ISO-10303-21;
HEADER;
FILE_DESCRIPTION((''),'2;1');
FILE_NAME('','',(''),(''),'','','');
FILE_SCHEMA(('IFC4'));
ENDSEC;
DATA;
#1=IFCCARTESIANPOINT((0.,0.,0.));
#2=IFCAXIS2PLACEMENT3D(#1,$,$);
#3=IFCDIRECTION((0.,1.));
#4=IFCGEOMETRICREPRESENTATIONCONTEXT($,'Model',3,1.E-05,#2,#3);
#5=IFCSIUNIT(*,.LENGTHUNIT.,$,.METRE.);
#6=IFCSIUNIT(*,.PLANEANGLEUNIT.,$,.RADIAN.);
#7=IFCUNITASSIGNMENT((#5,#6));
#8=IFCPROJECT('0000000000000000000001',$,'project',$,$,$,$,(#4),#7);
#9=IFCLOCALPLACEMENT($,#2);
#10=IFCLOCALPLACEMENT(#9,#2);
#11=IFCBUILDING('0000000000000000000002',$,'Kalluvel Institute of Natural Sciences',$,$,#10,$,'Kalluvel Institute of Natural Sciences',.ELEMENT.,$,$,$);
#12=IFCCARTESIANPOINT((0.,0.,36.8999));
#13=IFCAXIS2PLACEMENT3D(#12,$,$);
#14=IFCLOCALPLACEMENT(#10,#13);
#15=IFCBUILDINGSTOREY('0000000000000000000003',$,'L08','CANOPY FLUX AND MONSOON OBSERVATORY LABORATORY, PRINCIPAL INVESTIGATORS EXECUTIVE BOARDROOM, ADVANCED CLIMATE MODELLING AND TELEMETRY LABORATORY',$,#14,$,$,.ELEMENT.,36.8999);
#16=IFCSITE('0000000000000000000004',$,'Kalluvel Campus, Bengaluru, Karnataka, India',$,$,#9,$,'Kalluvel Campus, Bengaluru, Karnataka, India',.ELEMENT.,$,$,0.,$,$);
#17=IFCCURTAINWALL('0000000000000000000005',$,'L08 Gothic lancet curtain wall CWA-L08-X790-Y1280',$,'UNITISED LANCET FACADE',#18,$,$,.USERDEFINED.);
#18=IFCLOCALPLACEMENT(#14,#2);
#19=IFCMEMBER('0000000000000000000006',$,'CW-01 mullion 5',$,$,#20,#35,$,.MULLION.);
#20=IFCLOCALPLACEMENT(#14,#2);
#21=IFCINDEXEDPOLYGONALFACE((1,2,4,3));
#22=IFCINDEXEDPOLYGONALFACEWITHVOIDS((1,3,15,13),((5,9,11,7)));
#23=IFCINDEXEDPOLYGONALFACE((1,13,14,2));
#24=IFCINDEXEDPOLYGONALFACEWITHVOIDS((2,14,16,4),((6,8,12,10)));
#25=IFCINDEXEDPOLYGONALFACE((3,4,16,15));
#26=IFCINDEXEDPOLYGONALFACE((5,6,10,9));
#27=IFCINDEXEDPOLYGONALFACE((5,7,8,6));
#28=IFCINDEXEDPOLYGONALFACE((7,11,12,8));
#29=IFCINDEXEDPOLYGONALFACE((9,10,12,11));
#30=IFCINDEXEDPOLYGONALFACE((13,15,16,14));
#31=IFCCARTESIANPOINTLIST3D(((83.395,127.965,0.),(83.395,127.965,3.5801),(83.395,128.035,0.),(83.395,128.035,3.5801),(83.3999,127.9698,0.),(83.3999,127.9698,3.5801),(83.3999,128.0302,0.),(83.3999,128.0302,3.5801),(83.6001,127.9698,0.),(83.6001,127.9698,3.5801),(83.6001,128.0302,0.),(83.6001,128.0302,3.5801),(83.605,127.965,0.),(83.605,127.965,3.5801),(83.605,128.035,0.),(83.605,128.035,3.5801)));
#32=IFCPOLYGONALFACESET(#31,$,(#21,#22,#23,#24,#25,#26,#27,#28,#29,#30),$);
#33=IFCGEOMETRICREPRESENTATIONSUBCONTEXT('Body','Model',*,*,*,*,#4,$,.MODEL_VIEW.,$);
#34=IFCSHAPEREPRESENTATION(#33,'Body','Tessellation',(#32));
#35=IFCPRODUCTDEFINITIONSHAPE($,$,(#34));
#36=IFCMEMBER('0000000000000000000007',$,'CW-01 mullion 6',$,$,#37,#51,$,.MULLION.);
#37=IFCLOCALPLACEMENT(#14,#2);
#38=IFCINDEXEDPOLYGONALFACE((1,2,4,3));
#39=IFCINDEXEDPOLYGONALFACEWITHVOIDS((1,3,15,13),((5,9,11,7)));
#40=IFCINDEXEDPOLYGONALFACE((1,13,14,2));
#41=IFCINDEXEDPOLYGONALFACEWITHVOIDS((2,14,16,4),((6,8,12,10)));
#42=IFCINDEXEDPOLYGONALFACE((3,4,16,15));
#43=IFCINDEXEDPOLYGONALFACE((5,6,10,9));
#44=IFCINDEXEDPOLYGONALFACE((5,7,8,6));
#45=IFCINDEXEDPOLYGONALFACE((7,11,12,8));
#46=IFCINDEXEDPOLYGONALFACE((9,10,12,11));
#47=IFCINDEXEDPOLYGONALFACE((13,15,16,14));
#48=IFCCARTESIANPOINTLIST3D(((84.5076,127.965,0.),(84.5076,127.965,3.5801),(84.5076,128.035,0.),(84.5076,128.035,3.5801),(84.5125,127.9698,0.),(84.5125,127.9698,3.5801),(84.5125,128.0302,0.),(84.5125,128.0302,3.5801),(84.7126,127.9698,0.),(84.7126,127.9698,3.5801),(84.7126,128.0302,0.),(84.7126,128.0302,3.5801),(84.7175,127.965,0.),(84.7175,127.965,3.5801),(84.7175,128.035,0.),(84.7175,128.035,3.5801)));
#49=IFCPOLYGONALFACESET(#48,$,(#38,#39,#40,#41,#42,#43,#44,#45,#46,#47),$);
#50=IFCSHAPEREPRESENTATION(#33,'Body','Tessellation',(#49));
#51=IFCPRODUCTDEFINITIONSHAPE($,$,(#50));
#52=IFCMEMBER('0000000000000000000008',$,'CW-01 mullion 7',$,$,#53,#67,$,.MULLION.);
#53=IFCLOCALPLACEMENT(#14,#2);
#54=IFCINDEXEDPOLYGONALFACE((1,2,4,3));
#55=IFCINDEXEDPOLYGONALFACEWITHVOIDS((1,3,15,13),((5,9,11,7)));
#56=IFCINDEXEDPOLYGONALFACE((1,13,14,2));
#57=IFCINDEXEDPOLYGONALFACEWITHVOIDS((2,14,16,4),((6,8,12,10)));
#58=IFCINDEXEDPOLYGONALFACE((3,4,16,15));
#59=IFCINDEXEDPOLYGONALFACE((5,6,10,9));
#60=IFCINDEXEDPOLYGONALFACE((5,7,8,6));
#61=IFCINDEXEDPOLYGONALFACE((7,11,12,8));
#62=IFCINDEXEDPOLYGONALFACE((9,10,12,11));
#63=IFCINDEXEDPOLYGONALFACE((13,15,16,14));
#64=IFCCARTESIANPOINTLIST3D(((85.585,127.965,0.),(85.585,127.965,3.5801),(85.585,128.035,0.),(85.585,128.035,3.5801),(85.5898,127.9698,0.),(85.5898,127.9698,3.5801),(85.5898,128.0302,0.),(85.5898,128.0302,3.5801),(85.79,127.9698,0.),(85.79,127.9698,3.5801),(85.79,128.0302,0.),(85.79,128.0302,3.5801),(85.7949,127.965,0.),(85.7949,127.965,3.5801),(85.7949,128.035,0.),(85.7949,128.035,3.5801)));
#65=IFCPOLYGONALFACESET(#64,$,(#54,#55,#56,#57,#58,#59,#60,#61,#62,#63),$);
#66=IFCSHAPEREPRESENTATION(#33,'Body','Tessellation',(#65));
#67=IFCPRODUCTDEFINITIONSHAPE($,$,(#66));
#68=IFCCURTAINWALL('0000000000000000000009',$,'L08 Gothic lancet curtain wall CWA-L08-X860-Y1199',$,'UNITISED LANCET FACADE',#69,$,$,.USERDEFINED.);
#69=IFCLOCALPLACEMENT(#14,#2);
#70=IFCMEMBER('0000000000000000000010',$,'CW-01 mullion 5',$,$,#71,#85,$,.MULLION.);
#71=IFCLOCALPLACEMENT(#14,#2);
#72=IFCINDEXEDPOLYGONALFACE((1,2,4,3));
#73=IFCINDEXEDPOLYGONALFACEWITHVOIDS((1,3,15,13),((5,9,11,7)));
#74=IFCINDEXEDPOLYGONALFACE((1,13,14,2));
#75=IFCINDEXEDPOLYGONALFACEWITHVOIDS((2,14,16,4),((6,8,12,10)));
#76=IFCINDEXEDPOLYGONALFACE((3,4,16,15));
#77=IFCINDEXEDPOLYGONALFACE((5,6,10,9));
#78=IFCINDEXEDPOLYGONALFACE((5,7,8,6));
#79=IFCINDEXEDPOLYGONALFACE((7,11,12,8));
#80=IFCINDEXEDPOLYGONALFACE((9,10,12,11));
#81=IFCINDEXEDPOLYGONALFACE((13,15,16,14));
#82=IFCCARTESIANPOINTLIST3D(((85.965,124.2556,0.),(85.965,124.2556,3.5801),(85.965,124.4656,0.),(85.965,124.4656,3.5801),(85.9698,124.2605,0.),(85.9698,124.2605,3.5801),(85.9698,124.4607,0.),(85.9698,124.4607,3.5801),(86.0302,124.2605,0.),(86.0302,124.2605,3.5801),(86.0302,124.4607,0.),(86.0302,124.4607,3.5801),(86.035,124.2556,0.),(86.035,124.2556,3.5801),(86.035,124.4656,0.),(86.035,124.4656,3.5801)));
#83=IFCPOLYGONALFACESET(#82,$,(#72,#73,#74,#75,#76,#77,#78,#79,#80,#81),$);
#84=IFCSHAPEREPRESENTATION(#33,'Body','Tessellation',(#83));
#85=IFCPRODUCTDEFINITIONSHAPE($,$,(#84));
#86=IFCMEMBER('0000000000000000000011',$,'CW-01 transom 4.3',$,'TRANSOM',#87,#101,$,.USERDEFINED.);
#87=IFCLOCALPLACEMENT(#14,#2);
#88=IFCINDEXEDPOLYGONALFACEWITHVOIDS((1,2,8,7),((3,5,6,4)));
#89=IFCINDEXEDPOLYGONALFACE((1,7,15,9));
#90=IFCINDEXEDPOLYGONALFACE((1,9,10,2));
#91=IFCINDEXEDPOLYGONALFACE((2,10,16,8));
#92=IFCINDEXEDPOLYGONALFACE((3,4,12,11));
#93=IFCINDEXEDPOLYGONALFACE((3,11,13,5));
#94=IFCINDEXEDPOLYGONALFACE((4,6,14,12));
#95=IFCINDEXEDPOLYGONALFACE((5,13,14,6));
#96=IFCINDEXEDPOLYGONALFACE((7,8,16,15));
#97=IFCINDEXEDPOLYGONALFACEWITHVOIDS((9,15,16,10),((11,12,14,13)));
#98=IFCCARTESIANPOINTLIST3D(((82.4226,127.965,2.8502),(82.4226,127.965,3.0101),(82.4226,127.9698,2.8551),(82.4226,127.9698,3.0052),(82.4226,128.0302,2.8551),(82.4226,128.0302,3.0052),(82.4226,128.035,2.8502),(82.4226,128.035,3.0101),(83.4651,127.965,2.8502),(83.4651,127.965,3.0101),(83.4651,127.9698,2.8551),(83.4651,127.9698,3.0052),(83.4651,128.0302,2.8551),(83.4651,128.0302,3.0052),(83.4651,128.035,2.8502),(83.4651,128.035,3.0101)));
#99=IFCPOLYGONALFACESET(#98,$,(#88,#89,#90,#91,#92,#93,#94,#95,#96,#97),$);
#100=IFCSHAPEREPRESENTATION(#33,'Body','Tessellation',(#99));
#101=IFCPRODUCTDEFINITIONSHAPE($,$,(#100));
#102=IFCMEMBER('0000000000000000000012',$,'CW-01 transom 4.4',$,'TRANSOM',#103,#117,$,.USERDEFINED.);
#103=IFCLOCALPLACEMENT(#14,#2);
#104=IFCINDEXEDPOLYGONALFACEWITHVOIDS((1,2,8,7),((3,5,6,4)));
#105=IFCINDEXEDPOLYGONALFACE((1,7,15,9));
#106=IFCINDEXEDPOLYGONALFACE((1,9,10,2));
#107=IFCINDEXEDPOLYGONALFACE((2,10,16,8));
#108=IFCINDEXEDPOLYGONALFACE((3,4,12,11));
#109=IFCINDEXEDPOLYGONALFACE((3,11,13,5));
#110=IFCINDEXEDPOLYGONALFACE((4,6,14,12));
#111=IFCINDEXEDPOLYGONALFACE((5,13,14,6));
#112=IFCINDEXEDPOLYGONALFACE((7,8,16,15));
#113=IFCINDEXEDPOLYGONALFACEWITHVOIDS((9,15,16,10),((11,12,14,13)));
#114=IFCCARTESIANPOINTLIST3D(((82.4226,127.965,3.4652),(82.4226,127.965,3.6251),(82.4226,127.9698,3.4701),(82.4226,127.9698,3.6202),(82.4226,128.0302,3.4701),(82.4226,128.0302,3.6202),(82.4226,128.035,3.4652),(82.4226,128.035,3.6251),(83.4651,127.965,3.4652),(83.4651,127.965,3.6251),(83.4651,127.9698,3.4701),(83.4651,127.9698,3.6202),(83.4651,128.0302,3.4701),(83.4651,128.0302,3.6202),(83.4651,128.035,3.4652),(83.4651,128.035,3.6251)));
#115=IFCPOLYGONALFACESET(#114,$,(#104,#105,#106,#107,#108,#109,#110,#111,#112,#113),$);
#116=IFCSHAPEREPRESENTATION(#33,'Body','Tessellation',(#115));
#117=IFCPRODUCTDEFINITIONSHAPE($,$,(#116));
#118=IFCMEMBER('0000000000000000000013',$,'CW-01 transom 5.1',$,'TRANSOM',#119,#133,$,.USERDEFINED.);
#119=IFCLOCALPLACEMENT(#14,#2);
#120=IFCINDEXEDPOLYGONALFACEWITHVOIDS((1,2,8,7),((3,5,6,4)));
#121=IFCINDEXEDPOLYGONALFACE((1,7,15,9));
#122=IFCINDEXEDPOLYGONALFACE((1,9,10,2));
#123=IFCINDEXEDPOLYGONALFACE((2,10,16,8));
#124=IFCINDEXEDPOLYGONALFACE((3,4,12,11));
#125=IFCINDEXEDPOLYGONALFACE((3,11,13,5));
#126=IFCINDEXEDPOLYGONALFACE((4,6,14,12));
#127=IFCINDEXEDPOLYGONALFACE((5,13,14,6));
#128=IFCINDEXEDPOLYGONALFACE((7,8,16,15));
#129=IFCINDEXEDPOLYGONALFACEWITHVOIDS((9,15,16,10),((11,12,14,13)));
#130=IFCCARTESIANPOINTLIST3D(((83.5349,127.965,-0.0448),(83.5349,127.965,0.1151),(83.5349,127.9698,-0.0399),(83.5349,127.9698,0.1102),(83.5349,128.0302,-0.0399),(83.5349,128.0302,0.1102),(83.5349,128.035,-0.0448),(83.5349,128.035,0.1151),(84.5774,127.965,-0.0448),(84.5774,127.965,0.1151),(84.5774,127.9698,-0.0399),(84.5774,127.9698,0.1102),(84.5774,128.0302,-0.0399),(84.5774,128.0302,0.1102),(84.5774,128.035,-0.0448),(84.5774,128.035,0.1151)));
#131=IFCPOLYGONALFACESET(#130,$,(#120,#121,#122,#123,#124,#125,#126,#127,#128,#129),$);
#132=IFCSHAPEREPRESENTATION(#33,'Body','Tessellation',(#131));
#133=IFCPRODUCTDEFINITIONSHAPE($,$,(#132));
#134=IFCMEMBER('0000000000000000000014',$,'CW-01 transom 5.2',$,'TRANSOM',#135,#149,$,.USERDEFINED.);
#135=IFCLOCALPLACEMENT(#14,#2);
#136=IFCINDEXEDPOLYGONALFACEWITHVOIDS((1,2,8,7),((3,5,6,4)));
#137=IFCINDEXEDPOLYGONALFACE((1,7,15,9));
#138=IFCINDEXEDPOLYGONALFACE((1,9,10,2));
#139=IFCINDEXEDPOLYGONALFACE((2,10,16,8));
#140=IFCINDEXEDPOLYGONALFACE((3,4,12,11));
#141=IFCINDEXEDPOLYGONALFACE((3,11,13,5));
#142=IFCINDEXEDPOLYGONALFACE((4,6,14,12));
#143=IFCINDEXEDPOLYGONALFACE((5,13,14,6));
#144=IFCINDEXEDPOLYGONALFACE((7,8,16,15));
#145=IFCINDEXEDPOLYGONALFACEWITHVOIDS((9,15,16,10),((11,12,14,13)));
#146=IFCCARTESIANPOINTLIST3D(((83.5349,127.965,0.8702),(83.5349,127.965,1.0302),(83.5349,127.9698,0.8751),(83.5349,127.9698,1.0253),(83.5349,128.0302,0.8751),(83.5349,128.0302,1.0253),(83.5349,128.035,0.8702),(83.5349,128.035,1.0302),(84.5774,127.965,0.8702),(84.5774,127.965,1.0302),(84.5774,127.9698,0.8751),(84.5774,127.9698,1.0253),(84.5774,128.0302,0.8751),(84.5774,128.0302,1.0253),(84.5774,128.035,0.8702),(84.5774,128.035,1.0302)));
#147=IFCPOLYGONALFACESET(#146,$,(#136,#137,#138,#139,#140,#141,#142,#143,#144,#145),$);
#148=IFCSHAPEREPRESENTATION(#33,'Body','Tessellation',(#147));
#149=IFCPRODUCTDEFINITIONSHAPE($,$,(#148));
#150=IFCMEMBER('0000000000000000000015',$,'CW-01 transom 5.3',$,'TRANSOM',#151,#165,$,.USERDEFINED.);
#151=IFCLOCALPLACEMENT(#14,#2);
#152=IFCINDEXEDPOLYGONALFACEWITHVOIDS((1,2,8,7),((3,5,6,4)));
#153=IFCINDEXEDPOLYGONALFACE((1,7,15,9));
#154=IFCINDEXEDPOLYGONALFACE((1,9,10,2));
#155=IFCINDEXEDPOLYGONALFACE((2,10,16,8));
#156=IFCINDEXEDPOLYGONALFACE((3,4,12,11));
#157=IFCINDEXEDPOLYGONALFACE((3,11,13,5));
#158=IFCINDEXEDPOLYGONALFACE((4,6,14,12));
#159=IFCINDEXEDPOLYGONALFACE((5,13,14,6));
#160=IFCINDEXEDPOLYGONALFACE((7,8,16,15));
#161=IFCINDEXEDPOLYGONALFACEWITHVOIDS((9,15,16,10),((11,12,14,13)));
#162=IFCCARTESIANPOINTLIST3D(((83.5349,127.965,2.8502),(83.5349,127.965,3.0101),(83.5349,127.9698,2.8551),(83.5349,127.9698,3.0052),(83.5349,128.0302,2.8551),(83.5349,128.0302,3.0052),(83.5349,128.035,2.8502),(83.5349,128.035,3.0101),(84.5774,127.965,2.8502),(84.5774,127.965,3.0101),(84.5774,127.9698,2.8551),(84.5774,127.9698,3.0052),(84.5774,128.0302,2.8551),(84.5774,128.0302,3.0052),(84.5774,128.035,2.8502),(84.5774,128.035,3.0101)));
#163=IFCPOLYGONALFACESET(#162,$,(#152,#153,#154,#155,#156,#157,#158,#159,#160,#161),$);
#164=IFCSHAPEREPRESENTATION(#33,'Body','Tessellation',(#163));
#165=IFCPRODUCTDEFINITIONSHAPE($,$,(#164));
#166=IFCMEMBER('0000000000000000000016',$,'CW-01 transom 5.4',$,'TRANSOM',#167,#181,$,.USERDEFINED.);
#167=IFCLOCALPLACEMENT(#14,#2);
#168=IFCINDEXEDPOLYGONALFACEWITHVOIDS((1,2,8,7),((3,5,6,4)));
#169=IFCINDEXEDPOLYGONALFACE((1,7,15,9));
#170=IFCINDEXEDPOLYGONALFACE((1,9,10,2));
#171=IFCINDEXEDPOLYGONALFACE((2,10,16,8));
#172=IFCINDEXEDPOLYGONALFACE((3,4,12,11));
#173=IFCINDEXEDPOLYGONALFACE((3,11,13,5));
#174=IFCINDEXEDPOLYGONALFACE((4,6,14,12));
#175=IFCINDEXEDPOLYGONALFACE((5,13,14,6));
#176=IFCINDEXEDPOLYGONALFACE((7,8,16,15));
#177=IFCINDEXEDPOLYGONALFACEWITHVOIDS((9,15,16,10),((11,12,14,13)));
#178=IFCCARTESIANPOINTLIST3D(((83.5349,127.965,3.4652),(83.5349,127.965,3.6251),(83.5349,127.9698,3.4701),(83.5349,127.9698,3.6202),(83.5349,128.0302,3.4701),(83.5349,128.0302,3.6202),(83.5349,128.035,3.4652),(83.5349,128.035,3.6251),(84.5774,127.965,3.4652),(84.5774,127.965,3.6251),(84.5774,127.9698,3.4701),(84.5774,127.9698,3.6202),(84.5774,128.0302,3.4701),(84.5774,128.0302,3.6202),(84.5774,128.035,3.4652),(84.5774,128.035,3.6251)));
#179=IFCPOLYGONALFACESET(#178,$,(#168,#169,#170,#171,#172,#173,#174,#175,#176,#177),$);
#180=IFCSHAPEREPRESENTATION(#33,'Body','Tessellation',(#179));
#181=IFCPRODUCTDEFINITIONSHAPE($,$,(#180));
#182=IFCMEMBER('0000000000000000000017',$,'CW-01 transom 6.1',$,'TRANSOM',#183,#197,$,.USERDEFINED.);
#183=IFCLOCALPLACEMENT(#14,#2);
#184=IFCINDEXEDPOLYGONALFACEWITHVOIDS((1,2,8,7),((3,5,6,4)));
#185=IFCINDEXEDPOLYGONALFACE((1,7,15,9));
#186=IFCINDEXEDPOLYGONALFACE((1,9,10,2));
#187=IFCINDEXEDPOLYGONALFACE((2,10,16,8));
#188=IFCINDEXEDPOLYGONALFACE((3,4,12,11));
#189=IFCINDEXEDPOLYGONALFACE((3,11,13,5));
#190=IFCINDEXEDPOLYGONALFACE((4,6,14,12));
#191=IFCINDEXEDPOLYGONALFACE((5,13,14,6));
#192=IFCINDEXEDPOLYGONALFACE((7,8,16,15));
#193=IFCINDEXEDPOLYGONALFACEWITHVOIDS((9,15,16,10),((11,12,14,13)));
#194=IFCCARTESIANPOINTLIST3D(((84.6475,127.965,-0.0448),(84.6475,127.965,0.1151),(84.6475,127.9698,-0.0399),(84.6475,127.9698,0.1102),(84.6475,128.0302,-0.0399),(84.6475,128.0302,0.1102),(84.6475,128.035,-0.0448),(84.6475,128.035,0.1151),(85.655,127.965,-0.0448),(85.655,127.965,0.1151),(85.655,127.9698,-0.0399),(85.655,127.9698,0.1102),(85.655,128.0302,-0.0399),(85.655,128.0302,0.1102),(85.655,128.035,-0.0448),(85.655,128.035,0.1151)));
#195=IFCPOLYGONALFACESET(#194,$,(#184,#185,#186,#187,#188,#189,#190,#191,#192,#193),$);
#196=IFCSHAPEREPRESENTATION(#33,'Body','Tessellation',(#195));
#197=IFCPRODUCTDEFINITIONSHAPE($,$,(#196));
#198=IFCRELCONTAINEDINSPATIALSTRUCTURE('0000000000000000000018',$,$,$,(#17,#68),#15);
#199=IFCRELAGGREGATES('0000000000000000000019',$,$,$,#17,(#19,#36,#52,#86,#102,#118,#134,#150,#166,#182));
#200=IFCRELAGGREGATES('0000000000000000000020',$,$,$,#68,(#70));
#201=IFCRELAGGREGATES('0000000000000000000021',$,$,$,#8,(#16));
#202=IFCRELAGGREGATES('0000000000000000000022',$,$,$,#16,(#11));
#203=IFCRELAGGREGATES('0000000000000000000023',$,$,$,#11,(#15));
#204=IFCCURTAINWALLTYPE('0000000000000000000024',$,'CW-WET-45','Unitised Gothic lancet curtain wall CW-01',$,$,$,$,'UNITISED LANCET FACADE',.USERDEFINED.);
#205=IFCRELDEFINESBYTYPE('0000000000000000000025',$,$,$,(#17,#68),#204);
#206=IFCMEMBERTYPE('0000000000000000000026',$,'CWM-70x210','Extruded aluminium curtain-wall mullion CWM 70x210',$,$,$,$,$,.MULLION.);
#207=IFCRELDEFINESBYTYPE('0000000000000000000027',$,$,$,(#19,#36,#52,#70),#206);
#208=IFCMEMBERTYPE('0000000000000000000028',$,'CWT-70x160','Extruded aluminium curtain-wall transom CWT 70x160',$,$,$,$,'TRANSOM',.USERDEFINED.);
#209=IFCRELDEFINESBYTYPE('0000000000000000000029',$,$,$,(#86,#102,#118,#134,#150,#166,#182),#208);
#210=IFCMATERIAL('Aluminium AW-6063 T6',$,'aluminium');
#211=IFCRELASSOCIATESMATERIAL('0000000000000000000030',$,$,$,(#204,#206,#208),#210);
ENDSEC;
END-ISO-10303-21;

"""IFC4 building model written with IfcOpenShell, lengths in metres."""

from ifc_helpers import new_model, si_unit, direction, frame, origin, origin_2d, place, context, subcontext, project, spatial, hollow_rectangle, extrude, material, material_profile, profile_set, type_object, element, aggregate, save


model = new_model("IFC4")

# Units and contexts
model_context = context("Model", 3, precision=1e-05, world=origin(), true_north=direction((0.0, 1.0)))
body_context = subcontext(model_context, "Body", "Model", "MODEL_VIEW")
ifc_project = project(units=[si_unit("LENGTHUNIT", "METRE"), si_unit("PLANEANGLEUNIT", "RADIAN")], contexts=[model_context])

# Site, building, storey
site_placement = place(None, origin())
site = spatial("IfcSite", under=ifc_project, at=site_placement, Name="Kalluvel Campus, Bengaluru, Karnataka, India", LongName="Kalluvel Campus, Bengaluru, Karnataka, India", CompositionType="ELEMENT", RefElevation=0.0)
building_placement = place(site_placement, origin())
building = spatial("IfcBuilding", under=site, at=building_placement, Name="Kalluvel Institute of Natural Sciences", LongName="Kalluvel Institute of Natural Sciences", CompositionType="ELEMENT")
storey_placement = place(building_placement, frame((0.0, 0.0, 36.8999)))
storey = spatial("IfcBuildingStorey", under=building, at=storey_placement, Name="L08", Description="CANOPY FLUX AND MONSOON OBSERVATORY LABORATORY, PRINCIPAL INVESTIGATORS EXECUTIVE BOARDROOM, ADVANCED CLIMATE MODELLING AND TELEMETRY LABORATORY", CompositionType="ELEMENT", Elevation=36.8999)

# Curtain wall, members
ifc_material_1 = material(Name="Aluminium AW-6063 T6", Category="aluminium")
curtain_wall_type = type_object("IfcCurtainWallType", Name="CW-WET-45", Description="Unitised Gothic lancet curtain wall CW-01", ElementType="UNITISED LANCET FACADE", PredefinedType="USERDEFINED", material=ifc_material_1)
curtain_wall_1_placement = place(storey_placement, origin())
curtain_wall_1 = element("IfcCurtainWall", 1, at=curtain_wall_1_placement, inside=storey, type_object=curtain_wall_type, Name="L08 Gothic lancet curtain wall CWA-L08-X790-Y1280", ObjectType="UNITISED LANCET FACADE", PredefinedType="USERDEFINED")
ifc_material_profile_1 = material_profile(ifc_material_1, hollow_rectangle(XDim=0.0701, YDim=0.21, WallThickness=0.0049, at=origin_2d()), Name="CWM 70x210")
ifc_profile_set_1 = profile_set([ifc_material_profile_1], Name="Aluminium AW-6063 T6")
member_type_1 = type_object("IfcMemberType", Name="CWM-70x210", Description="Extruded aluminium curtain-wall mullion CWM 70x210", PredefinedType="MULLION", material=ifc_profile_set_1)
member_1_placement = place(storey_placement, frame((83.5, 128.0, 0.0), z_axis=(0.0, 0.0, 1.0), x_axis=(0.0, 1.0, 0.0)))
member_1 = element("IfcMember", 2, at=member_1_placement, type_object=member_type_1, Name="CW-01 mullion 5", PredefinedType="MULLION", context=body_context, shape_type="SweptSolid", body=[
    extrude(hollow_rectangle(XDim=0.0701, YDim=0.21, WallThickness=0.0049, at=origin_2d()), origin(), (0.0, 0.0, 1.0), 3.5801),
])
member_2_placement = place(storey_placement, frame((84.6125, 128.0, 0.0), z_axis=(0.0, 0.0, 1.0), x_axis=(0.0, 1.0, 0.0)))
member_2 = element("IfcMember", 3, at=member_2_placement, type_object=member_type_1, Name="CW-01 mullion 6", PredefinedType="MULLION", context=body_context, shape_type="SweptSolid", body=[
    extrude(hollow_rectangle(XDim=0.0701, YDim=0.21, WallThickness=0.0049, at=origin_2d()), origin(), (0.0, 0.0, 1.0), 3.5801),
])
member_3_placement = place(storey_placement, frame((85.6899, 128.0, 0.0), z_axis=(0.0, 0.0, 1.0), x_axis=(0.0, 1.0, 0.0)))
member_3 = element("IfcMember", 4, at=member_3_placement, type_object=member_type_1, Name="CW-01 mullion 7", PredefinedType="MULLION", context=body_context, shape_type="SweptSolid", body=[
    extrude(hollow_rectangle(XDim=0.0701, YDim=0.21, WallThickness=0.0049, at=origin_2d()), origin(), (0.0, 0.0, 1.0), 3.5801),
])

# Curtain wall, member
curtain_wall_2_placement = place(storey_placement, origin())
curtain_wall_2 = element("IfcCurtainWall", 5, at=curtain_wall_2_placement, inside=storey, type_object=curtain_wall_type, Name="L08 Gothic lancet curtain wall CWA-L08-X860-Y1199", ObjectType="UNITISED LANCET FACADE", PredefinedType="USERDEFINED")
member_4_placement = place(storey_placement, frame((86.0, 124.3606, 0.0), z_axis=(0.0, 0.0, 1.0), x_axis=(-1.0, 0.0, 0.0)))
member_4 = element("IfcMember", 6, at=member_4_placement, type_object=member_type_1, Name="CW-01 mullion 5", PredefinedType="MULLION", context=body_context, shape_type="SweptSolid", body=[
    extrude(hollow_rectangle(XDim=0.0701, YDim=0.21, WallThickness=0.0049, at=origin_2d()), origin(), (0.0, 0.0, 1.0), 3.5801),
])

# Members
ifc_material_profile_2 = material_profile(ifc_material_1, hollow_rectangle(XDim=0.0701, YDim=0.1599, WallThickness=0.0049, at=origin_2d()), Name="CWT 70x160")
ifc_profile_set_2 = profile_set([ifc_material_profile_2], Name="Aluminium AW-6063 T6")
member_type_2 = type_object("IfcMemberType", Name="CWT-70x160", Description="Extruded aluminium curtain-wall transom CWT 70x160", ElementType="TRANSOM", PredefinedType="USERDEFINED", material=ifc_profile_set_2)
member_5_placement = place(storey_placement, frame((82.4226, 128.0, 2.9302), z_axis=(1.0, 0.0, 0.0), x_axis=(0.0, 1.0, 0.0)))
member_5 = element("IfcMember", 7, at=member_5_placement, type_object=member_type_2, Name="CW-01 transom 4.3", ObjectType="TRANSOM", PredefinedType="USERDEFINED", context=body_context, shape_type="SweptSolid", body=[
    extrude(hollow_rectangle(XDim=0.0701, YDim=0.1599, WallThickness=0.0049, at=origin_2d()), origin(), (0.0, 0.0, 1.0), 1.0425),
])
member_6_placement = place(storey_placement, frame((82.4226, 128.0, 3.5452), z_axis=(1.0, 0.0, 0.0), x_axis=(0.0, 1.0, 0.0)))
member_6 = element("IfcMember", 8, at=member_6_placement, type_object=member_type_2, Name="CW-01 transom 4.4", ObjectType="TRANSOM", PredefinedType="USERDEFINED", context=body_context, shape_type="SweptSolid", body=[
    extrude(hollow_rectangle(XDim=0.0701, YDim=0.1599, WallThickness=0.0049, at=origin_2d()), origin(), (0.0, 0.0, 1.0), 1.0425),
])
member_7_placement = place(storey_placement, frame((83.5349, 128.0, 0.0352), z_axis=(1.0, 0.0, 0.0), x_axis=(0.0, 1.0, 0.0)))
member_7 = element("IfcMember", 9, at=member_7_placement, type_object=member_type_2, Name="CW-01 transom 5.1", ObjectType="TRANSOM", PredefinedType="USERDEFINED", context=body_context, shape_type="SweptSolid", body=[
    extrude(hollow_rectangle(XDim=0.0701, YDim=0.1599, WallThickness=0.0049, at=origin_2d()), origin(), (0.0, 0.0, 1.0), 1.0425),
])
member_8_placement = place(storey_placement, frame((83.5349, 128.0, 0.9502), z_axis=(1.0, 0.0, 0.0), x_axis=(0.0, 1.0, 0.0)))
member_8 = element("IfcMember", 10, at=member_8_placement, type_object=member_type_2, Name="CW-01 transom 5.2", ObjectType="TRANSOM", PredefinedType="USERDEFINED", context=body_context, shape_type="SweptSolid", body=[
    extrude(hollow_rectangle(XDim=0.0701, YDim=0.1599, WallThickness=0.0049, at=origin_2d()), origin(), (0.0, 0.0, 1.0), 1.0425),
])
member_9_placement = place(storey_placement, frame((83.5349, 128.0, 2.9302), z_axis=(1.0, 0.0, 0.0), x_axis=(0.0, 1.0, 0.0)))
member_9 = element("IfcMember", 11, at=member_9_placement, type_object=member_type_2, Name="CW-01 transom 5.3", ObjectType="TRANSOM", PredefinedType="USERDEFINED", context=body_context, shape_type="SweptSolid", body=[
    extrude(hollow_rectangle(XDim=0.0701, YDim=0.1599, WallThickness=0.0049, at=origin_2d()), origin(), (0.0, 0.0, 1.0), 1.0425),
])
member_10_placement = place(storey_placement, frame((83.5349, 128.0, 3.5452), z_axis=(1.0, 0.0, 0.0), x_axis=(0.0, 1.0, 0.0)))
member_10 = element("IfcMember", 12, at=member_10_placement, type_object=member_type_2, Name="CW-01 transom 5.4", ObjectType="TRANSOM", PredefinedType="USERDEFINED", context=body_context, shape_type="SweptSolid", body=[
    extrude(hollow_rectangle(XDim=0.0701, YDim=0.1599, WallThickness=0.0049, at=origin_2d()), origin(), (0.0, 0.0, 1.0), 1.0425),
])
member_11_placement = place(storey_placement, frame((84.6475, 128.0, 0.0352), z_axis=(1.0, 0.0, 0.0), x_axis=(0.0, 1.0, 0.0)))
member_11 = element("IfcMember", 13, at=member_11_placement, type_object=member_type_2, Name="CW-01 transom 6.1", ObjectType="TRANSOM", PredefinedType="USERDEFINED", context=body_context, shape_type="SweptSolid", body=[
    extrude(hollow_rectangle(XDim=0.0701, YDim=0.1599, WallThickness=0.0049, at=origin_2d()), origin(), (0.0, 0.0, 1.0), 1.0076),
])

aggregate(curtain_wall_1, [member_1, member_2, member_3, member_5, member_6, member_7, member_8, member_9, member_10, member_11])
aggregate(curtain_wall_2, [member_4])

save(model, "model.ifc")
